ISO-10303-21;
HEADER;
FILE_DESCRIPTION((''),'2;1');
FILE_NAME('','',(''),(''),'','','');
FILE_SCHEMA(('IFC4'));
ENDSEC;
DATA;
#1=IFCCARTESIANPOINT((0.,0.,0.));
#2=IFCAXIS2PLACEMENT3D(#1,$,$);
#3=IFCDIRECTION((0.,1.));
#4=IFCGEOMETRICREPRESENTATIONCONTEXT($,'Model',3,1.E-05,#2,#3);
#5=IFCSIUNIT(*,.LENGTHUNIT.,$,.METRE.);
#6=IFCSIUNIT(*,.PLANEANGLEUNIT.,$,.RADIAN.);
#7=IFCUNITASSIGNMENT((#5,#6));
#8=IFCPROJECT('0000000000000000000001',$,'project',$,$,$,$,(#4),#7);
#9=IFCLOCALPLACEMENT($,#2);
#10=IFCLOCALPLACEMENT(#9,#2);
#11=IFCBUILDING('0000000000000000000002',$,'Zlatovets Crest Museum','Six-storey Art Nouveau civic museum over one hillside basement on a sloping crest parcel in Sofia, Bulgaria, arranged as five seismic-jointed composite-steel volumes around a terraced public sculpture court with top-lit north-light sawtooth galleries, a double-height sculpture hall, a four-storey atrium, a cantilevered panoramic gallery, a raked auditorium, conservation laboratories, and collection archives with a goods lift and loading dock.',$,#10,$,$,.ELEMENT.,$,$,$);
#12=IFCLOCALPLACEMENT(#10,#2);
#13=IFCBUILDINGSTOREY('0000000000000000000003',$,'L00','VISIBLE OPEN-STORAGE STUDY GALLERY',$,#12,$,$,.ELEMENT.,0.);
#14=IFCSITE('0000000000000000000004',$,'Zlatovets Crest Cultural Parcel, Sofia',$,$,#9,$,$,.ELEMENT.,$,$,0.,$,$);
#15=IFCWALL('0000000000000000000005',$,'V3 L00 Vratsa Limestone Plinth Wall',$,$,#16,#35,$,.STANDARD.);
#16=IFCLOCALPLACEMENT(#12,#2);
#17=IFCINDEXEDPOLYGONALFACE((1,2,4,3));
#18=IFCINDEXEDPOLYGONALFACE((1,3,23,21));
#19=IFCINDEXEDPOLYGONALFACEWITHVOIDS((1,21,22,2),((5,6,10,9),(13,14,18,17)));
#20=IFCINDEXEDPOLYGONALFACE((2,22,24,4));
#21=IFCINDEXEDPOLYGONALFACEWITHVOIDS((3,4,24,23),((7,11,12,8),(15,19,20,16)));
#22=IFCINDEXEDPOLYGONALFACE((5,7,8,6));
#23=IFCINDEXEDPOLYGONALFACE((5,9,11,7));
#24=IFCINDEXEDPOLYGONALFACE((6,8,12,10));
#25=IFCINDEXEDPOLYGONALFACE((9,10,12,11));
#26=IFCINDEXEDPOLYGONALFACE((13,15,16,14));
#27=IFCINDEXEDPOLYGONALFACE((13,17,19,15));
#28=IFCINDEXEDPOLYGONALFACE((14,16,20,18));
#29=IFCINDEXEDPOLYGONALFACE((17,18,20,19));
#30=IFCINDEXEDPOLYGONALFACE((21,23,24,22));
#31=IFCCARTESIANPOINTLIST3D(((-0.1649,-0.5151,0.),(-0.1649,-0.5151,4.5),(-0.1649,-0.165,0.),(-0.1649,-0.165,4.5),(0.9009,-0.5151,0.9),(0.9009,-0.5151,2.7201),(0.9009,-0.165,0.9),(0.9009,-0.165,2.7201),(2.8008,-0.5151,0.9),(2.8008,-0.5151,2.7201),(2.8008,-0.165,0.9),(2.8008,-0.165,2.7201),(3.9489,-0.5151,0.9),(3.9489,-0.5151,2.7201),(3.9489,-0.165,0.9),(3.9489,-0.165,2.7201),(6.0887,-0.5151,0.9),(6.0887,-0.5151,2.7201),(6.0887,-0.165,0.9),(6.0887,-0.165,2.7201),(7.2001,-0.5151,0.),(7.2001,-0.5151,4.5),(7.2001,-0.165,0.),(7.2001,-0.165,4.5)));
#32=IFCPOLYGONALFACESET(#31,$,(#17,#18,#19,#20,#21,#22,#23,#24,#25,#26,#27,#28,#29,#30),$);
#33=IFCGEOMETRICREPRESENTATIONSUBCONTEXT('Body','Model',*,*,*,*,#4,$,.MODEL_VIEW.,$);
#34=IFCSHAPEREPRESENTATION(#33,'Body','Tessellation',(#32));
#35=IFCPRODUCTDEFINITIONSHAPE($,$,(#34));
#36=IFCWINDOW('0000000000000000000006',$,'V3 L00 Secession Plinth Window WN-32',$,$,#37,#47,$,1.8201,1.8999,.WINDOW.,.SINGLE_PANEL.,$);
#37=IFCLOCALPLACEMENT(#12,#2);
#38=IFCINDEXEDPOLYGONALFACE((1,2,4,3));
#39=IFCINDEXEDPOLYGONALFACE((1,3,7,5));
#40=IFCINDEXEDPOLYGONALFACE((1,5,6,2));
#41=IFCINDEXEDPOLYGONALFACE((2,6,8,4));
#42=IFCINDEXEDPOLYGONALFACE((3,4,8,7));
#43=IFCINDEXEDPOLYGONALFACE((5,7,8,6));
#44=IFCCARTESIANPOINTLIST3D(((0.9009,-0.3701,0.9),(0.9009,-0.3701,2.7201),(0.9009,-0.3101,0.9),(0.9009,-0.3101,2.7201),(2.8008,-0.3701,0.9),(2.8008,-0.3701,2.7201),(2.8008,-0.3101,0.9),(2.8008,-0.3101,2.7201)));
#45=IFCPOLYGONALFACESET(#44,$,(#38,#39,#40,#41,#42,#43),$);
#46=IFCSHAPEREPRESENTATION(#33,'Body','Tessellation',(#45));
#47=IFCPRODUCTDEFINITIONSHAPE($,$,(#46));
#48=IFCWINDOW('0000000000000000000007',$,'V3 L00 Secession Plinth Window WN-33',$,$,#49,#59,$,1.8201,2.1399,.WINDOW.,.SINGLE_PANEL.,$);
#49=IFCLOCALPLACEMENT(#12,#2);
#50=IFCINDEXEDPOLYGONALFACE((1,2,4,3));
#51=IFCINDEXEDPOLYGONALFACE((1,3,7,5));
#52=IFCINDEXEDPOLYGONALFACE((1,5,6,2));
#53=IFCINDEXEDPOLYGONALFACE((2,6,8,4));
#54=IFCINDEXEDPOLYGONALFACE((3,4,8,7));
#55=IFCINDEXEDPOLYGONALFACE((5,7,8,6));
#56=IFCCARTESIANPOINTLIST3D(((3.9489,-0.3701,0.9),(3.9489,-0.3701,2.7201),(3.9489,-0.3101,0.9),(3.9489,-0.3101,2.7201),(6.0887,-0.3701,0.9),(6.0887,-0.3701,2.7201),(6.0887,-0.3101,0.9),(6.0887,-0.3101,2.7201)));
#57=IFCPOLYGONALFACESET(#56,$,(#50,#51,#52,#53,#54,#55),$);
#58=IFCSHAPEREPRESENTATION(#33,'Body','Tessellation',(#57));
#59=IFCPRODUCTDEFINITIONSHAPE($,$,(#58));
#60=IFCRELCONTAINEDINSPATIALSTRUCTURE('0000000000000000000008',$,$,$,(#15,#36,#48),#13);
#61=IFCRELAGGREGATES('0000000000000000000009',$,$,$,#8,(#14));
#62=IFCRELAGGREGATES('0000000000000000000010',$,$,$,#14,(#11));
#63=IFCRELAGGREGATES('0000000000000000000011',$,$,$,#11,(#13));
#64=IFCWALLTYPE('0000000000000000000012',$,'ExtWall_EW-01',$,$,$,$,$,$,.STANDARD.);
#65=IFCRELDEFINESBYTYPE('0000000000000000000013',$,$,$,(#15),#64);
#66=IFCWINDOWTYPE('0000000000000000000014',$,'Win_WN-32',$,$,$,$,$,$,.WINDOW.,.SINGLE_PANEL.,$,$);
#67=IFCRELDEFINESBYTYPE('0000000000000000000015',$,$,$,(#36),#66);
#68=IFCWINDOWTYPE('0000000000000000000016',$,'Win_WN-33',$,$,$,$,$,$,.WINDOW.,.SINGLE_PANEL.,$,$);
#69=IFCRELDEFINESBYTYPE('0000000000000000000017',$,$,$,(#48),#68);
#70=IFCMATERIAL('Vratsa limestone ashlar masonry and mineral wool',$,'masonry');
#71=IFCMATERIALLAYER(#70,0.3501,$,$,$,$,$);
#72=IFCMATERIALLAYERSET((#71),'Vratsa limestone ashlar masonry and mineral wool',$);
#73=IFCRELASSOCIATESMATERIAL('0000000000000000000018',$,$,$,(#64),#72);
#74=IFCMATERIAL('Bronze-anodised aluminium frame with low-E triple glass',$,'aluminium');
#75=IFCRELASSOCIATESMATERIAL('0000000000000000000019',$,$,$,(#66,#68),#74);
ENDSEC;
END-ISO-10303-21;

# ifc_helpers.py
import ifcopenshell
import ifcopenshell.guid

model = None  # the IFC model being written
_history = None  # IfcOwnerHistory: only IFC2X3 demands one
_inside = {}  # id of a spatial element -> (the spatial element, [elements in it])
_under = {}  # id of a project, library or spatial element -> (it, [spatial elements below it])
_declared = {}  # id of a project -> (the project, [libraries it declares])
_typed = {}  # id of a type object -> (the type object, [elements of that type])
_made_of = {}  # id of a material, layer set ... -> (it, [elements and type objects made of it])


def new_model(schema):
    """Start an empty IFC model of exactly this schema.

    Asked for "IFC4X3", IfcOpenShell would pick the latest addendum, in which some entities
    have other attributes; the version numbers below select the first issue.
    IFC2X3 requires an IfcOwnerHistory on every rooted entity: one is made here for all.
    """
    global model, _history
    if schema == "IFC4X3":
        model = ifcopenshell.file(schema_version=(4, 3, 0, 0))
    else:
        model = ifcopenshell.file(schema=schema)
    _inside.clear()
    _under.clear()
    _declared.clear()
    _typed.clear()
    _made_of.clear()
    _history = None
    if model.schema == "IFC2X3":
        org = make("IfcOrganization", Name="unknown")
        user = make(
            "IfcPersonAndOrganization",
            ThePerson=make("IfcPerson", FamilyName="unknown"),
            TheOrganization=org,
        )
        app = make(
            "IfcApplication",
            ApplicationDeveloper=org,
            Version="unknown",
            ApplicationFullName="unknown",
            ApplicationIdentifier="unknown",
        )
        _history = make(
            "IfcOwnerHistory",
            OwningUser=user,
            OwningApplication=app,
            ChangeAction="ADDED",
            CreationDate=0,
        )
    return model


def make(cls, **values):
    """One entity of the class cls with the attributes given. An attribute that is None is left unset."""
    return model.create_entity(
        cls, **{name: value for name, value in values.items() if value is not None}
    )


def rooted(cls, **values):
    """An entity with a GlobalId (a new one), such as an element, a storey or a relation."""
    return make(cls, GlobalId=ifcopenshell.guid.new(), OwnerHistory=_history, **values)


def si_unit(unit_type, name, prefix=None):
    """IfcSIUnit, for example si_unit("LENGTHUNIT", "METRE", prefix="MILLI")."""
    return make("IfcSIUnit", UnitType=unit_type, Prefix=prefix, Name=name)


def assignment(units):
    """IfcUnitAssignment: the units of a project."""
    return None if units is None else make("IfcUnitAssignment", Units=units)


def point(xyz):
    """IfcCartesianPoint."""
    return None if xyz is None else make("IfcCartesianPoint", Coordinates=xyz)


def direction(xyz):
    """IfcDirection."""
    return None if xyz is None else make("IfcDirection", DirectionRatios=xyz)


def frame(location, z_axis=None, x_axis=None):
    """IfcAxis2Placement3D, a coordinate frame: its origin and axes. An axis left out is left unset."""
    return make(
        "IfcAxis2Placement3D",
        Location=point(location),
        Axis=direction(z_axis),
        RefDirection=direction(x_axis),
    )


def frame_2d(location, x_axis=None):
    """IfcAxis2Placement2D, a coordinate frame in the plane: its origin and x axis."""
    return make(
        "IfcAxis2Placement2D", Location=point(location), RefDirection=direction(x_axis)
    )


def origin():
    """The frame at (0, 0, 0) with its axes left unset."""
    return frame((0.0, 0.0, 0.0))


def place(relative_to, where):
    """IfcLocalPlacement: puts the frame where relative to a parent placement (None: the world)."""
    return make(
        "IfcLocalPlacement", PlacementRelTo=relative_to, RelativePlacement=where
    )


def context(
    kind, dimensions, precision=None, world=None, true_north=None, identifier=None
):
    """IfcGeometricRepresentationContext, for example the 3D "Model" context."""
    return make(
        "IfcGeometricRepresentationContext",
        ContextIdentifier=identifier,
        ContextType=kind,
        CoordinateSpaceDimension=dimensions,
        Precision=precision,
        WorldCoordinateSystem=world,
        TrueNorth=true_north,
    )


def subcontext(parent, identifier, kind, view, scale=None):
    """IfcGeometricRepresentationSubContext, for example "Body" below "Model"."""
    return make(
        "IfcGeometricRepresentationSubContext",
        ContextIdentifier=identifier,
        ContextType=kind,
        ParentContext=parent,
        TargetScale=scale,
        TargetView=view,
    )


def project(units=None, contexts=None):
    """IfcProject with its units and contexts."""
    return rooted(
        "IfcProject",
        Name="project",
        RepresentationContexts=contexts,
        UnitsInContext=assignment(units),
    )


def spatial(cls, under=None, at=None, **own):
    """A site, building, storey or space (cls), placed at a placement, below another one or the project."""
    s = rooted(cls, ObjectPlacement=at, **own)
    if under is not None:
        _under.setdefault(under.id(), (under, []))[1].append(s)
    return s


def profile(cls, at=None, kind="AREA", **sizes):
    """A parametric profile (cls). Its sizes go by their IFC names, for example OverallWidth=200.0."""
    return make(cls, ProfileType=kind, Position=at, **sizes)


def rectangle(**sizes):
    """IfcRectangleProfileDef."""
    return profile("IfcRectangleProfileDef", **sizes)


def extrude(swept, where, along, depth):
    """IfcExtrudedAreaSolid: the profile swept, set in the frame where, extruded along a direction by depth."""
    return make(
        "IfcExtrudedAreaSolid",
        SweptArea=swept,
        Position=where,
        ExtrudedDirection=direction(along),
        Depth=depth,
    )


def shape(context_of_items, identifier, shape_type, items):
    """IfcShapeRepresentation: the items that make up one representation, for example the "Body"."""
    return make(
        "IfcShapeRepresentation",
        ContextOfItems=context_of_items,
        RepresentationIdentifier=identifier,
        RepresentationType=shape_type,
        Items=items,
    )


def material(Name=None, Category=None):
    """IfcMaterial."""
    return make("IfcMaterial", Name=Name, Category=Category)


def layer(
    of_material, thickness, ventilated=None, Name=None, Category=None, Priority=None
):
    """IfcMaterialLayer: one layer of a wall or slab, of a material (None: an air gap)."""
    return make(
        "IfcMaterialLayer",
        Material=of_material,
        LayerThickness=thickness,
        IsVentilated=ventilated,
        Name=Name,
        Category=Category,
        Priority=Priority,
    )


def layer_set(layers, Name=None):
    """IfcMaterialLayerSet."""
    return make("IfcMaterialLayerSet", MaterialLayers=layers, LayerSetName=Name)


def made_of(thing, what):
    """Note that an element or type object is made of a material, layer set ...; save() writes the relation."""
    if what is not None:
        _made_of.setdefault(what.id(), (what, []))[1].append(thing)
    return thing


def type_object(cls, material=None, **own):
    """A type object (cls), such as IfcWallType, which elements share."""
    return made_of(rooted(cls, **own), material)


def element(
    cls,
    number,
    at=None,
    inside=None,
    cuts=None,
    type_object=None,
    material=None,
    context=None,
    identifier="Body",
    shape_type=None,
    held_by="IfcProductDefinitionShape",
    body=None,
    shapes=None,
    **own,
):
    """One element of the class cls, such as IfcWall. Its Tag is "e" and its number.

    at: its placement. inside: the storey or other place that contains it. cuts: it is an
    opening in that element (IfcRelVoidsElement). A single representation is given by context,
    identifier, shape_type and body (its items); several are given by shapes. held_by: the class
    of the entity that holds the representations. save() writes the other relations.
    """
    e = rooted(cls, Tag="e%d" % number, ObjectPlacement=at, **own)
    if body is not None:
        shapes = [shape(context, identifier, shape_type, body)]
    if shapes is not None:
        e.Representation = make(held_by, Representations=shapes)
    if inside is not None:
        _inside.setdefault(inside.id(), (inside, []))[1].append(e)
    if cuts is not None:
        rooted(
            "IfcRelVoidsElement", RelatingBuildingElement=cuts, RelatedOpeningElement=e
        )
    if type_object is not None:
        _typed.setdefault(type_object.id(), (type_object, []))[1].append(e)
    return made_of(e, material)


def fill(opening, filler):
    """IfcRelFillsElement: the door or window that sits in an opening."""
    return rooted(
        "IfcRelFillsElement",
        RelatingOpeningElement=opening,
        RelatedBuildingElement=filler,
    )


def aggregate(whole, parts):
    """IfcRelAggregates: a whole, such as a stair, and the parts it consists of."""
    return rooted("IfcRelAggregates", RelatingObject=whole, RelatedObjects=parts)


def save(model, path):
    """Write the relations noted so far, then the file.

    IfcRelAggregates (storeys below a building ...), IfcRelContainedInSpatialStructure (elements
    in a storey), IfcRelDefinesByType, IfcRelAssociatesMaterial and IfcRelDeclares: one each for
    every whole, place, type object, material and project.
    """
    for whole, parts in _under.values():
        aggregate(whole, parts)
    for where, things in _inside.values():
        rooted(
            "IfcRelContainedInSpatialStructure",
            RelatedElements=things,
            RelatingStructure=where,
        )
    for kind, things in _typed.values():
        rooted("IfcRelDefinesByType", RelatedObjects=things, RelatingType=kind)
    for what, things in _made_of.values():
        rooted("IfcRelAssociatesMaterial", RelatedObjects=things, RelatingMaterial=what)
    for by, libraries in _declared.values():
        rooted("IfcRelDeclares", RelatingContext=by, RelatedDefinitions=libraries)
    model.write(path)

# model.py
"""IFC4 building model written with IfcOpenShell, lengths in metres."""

from ifc_helpers import new_model, si_unit, direction, frame, frame_2d, origin, place, context, subcontext, project, spatial, rectangle, extrude, material, layer, layer_set, type_object, element, fill, save


model = new_model("IFC4")

# Units and contexts
model_context = context("Model", 3, precision=1e-05, world=origin(), true_north=direction((0.0, 1.0)))
body_context = subcontext(model_context, "Body", "Model", "MODEL_VIEW")
ifc_project = project(units=[si_unit("LENGTHUNIT", "METRE"), si_unit("PLANEANGLEUNIT", "RADIAN")], contexts=[model_context])

# Site, building, storey
site_placement = place(None, origin())
site = spatial("IfcSite", under=ifc_project, at=site_placement, Name="Zlatovets Crest Cultural Parcel, Sofia", CompositionType="ELEMENT", RefElevation=0.0)
building_placement = place(site_placement, origin())
building = spatial("IfcBuilding", under=site, at=building_placement, Name="Zlatovets Crest Museum", Description="Six-storey Art Nouveau civic museum over one hillside basement on a sloping crest parcel in Sofia, Bulgaria, arranged as five seismic-jointed composite-steel volumes around a terraced public sculpture court with top-lit north-light sawtooth galleries, a double-height sculpture hall, a four-storey atrium, a cantilevered panoramic gallery, a raked auditorium, conservation laboratories, and collection archives with a goods lift and loading dock.", CompositionType="ELEMENT")
storey_placement = place(building_placement, origin())
storey = spatial("IfcBuildingStorey", under=building, at=storey_placement, Name="L00", Description="VISIBLE OPEN-STORAGE STUDY GALLERY", CompositionType="ELEMENT", Elevation=0.0)

# Wall, openings, windows
ifc_material_1 = material(Name="Vratsa limestone ashlar masonry and mineral wool", Category="masonry")
ifc_layer_1 = layer(ifc_material_1, 0.3501)
ifc_layer_set_1 = layer_set([ifc_layer_1], Name="Vratsa limestone ashlar masonry and mineral wool")
wall_type = type_object("IfcWallType", Name="ExtWall_EW-01", PredefinedType="STANDARD", material=ifc_layer_set_1)
wall_placement = place(storey_placement, frame((-0.165, -0.3401, 0.0), z_axis=(0.0, 0.0, 1.0), x_axis=(1.0, 0.0, 0.0)))
wall = element("IfcWall", 1, at=wall_placement, inside=storey, type_object=wall_type, Name="V3 L00 Vratsa Limestone Plinth Wall", PredefinedType="STANDARD", context=body_context, shape_type="SweptSolid", body=[
    extrude(rectangle(XDim=7.365, YDim=0.3501, at=frame_2d((3.6826, 0.0))), origin(), (0.0, 0.0, 1.0), 4.5),
])
opening_1_placement = place(wall_placement, frame((1.0659, 0.0, 0.8999)))
opening_1 = element("IfcOpeningElement", 2, at=opening_1_placement, cuts=wall, PredefinedType="OPENING", context=body_context, shape_type="SweptSolid", body=[
    extrude(rectangle(XDim=1.8999, YDim=1.8201, at=frame_2d((0.95, 0.9102))), frame((0.0, 0.1851, 0.0), z_axis=(0.0, -1.0, 0.0), x_axis=(1.0, 0.0, 0.0)), (0.0, 0.0, 1.0), 0.3701),
])
opening_2_placement = place(wall_placement, frame((4.114, 0.0, 0.8999)))
opening_2 = element("IfcOpeningElement", 3, at=opening_2_placement, cuts=wall, PredefinedType="OPENING", context=body_context, shape_type="SweptSolid", body=[
    extrude(rectangle(XDim=2.1399, YDim=1.8201, at=frame_2d((1.0698, 0.9102))), frame((0.0, 0.1851, 0.0), z_axis=(0.0, -1.0, 0.0), x_axis=(1.0, 0.0, 0.0)), (0.0, 0.0, 1.0), 0.3701),
])
ifc_material_2 = material(Name="Bronze-anodised aluminium frame with low-E triple glass", Category="aluminium")
window_type_1 = type_object("IfcWindowType", Name="Win_WN-32", PartitioningType="SINGLE_PANEL", PredefinedType="WINDOW", material=ifc_material_2)
window_1_placement = place(opening_1_placement, origin())
window_1 = element("IfcWindow", 4, at=window_1_placement, inside=storey, type_object=window_type_1, Name="V3 L00 Secession Plinth Window WN-32", OverallHeight=1.8201, OverallWidth=1.8999, PartitioningType="SINGLE_PANEL", PredefinedType="WINDOW", context=body_context, shape_type="SweptSolid", body=[
    extrude(rectangle(XDim=1.8999, YDim=1.8201, at=frame_2d((0.95, 0.9102))), frame((0.0, 0.03, 0.0), z_axis=(0.0, -1.0, 0.0), x_axis=(1.0, 0.0, 0.0)), (0.0, 0.0, 1.0), 0.0601),
])
fill(opening_1, window_1)
window_type_2 = type_object("IfcWindowType", Name="Win_WN-33", PartitioningType="SINGLE_PANEL", PredefinedType="WINDOW", material=ifc_material_2)
window_2_placement = place(opening_2_placement, origin())
window_2 = element("IfcWindow", 5, at=window_2_placement, inside=storey, type_object=window_type_2, Name="V3 L00 Secession Plinth Window WN-33", OverallHeight=1.8201, OverallWidth=2.1399, PartitioningType="SINGLE_PANEL", PredefinedType="WINDOW", context=body_context, shape_type="SweptSolid", body=[
    extrude(rectangle(XDim=2.1399, YDim=1.8201, at=frame_2d((1.0698, 0.9102))), frame((0.0, 0.03, 0.0), z_axis=(0.0, -1.0, 0.0), x_axis=(1.0, 0.0, 0.0)), (0.0, 0.0, 1.0), 0.0601),
])
fill(opening_2, window_2)

save(model, "model.ifc")
